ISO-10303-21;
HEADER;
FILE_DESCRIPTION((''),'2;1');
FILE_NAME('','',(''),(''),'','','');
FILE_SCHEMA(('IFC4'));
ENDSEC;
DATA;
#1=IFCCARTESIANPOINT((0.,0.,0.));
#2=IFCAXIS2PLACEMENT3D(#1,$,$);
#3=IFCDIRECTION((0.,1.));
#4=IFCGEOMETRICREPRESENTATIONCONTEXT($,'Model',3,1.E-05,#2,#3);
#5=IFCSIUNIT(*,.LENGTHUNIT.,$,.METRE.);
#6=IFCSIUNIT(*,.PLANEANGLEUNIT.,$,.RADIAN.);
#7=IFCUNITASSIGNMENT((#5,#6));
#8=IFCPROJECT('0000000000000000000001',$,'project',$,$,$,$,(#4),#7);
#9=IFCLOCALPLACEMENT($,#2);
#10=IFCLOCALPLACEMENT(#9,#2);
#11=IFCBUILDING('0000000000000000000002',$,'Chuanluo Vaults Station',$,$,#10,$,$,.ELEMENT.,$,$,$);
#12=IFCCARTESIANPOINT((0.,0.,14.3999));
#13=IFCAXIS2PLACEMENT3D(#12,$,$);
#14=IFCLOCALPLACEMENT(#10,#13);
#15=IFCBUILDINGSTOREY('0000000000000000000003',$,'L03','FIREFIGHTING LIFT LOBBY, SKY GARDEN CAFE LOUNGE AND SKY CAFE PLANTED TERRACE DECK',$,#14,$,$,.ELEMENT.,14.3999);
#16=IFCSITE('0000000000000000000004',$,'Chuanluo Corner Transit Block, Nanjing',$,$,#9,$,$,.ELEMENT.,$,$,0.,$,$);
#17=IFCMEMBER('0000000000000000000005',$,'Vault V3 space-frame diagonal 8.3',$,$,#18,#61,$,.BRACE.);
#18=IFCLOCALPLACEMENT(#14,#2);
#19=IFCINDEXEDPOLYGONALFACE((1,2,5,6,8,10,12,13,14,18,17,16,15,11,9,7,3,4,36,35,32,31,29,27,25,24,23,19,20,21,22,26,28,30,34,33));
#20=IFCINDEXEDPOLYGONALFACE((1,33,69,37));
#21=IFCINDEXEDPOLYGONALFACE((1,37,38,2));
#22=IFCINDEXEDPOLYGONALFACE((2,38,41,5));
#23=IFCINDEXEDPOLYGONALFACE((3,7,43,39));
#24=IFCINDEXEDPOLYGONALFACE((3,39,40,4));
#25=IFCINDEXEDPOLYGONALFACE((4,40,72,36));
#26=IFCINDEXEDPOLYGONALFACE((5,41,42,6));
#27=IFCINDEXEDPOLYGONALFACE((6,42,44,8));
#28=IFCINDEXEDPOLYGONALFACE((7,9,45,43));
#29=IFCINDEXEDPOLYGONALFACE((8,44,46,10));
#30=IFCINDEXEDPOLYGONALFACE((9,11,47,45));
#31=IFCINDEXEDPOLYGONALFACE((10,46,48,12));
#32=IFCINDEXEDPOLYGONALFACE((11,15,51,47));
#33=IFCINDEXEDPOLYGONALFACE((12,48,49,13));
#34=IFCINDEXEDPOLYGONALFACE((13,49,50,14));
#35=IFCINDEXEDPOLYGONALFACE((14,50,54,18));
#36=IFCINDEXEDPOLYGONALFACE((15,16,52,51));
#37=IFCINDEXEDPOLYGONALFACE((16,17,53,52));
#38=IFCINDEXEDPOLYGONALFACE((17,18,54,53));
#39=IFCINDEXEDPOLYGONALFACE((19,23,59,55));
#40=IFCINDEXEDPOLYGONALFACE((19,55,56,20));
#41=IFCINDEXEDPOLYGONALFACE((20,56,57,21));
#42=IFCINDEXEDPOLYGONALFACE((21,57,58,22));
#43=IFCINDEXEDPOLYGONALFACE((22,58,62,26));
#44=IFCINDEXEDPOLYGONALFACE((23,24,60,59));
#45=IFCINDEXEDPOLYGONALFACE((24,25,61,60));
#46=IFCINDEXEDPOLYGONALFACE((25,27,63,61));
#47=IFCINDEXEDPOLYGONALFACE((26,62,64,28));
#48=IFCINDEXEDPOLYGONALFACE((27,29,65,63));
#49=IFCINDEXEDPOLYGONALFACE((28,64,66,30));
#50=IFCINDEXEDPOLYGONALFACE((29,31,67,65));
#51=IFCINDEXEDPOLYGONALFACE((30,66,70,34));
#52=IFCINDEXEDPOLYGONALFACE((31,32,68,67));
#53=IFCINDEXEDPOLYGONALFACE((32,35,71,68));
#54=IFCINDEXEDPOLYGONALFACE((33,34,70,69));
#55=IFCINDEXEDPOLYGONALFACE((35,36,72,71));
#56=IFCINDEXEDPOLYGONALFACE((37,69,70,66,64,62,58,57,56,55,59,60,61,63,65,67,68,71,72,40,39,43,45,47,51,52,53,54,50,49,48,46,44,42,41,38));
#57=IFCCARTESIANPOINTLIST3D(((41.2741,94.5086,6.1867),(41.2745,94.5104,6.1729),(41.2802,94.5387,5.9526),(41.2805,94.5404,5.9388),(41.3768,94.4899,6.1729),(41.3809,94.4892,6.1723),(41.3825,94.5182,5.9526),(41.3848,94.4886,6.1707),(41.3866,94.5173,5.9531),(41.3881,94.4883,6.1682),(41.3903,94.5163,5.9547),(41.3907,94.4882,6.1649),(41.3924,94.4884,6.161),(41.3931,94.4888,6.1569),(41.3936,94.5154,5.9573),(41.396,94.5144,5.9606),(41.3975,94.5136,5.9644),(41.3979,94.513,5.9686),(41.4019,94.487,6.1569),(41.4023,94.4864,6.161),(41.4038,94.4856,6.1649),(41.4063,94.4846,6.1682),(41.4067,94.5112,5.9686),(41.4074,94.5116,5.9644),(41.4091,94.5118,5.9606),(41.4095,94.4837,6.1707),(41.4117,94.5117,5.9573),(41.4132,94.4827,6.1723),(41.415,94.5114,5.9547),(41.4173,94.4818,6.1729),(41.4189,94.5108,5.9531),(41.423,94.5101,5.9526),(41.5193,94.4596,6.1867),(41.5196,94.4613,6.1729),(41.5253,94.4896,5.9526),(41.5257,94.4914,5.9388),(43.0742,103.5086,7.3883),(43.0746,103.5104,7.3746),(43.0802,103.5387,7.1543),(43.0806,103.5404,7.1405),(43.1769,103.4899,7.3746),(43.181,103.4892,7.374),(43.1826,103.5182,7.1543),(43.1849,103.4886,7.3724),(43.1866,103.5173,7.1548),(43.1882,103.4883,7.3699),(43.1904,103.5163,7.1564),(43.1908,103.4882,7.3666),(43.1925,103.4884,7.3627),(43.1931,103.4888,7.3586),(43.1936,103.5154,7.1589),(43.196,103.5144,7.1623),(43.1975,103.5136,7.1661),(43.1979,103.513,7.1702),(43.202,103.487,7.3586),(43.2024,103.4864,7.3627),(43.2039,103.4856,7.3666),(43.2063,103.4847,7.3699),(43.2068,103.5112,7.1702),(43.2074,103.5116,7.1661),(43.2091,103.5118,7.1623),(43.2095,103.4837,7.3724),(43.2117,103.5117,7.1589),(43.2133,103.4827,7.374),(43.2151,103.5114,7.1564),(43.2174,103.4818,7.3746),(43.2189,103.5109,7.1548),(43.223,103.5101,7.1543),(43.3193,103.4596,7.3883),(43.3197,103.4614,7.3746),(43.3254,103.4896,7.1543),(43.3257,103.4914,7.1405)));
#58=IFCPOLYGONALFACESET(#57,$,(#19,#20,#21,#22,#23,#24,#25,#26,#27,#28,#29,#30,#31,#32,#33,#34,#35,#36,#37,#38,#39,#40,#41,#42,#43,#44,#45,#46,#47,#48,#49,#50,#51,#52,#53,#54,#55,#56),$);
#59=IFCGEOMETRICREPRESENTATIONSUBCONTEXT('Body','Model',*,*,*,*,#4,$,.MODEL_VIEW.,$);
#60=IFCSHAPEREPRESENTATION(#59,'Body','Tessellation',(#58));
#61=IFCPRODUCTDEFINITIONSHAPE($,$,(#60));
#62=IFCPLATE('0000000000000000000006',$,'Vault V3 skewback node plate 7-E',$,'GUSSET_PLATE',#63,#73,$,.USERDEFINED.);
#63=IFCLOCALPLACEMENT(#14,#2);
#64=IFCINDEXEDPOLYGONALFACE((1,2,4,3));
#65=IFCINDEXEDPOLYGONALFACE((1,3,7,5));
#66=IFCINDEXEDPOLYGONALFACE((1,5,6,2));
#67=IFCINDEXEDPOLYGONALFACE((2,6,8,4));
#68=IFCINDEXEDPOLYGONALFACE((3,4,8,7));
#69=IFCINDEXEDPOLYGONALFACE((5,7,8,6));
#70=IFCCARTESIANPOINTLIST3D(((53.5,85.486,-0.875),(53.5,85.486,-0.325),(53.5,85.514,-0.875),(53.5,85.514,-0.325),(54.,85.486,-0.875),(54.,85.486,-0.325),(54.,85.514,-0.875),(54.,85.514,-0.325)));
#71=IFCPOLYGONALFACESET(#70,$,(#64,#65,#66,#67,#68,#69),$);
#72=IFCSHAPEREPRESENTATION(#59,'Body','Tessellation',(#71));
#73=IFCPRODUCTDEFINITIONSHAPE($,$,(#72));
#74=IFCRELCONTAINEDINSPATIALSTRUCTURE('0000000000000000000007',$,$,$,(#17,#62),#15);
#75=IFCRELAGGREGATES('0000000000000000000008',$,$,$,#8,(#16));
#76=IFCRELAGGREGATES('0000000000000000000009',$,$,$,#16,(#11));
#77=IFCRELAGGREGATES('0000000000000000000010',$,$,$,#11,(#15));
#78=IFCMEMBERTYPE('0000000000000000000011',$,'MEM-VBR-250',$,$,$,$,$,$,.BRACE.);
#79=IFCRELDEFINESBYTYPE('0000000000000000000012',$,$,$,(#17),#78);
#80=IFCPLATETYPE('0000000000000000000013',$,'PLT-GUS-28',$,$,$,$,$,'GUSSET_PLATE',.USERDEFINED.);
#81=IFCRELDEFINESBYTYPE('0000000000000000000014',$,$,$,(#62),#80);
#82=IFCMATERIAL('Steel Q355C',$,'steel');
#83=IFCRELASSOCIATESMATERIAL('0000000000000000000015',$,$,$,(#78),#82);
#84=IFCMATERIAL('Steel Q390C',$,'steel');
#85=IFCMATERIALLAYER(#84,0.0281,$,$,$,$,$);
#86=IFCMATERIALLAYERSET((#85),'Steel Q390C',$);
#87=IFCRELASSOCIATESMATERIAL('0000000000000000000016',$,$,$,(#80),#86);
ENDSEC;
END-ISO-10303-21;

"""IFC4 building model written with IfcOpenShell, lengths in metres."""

from ifc_helpers import new_model, si_unit, direction, frame, origin, origin_2d, place, context, subcontext, project, spatial, rectangle, i_section, extrude, material, layer, layer_set, material_profile, profile_set, type_object, element, save


model = new_model("IFC4")

# Units and contexts
model_context = context("Model", 3, precision=1e-05, world=origin(), true_north=direction((0.0, 1.0)))
body_context = subcontext(model_context, "Body", "Model", "MODEL_VIEW")
ifc_project = project(units=[si_unit("LENGTHUNIT", "METRE"), si_unit("PLANEANGLEUNIT", "RADIAN")], contexts=[model_context])

# Site, building, storey
site_placement = place(None, origin())
site = spatial("IfcSite", under=ifc_project, at=site_placement, Name="Chuanluo Corner Transit Block, Nanjing", CompositionType="ELEMENT", RefElevation=0.0)
building_placement = place(site_placement, origin())
building = spatial("IfcBuilding", under=site, at=building_placement, Name="Chuanluo Vaults Station", CompositionType="ELEMENT")
storey_placement = place(building_placement, frame((0.0, 0.0, 14.3999)))
storey = spatial("IfcBuildingStorey", under=building, at=storey_placement, Name="L03", Description="FIREFIGHTING LIFT LOBBY, SKY GARDEN CAFE LOUNGE AND SKY CAFE PLANTED TERRACE DECK", CompositionType="ELEMENT", Elevation=14.3999)

# Member
ifc_material_1 = material(Name="Steel Q355C", Category="steel")
ifc_material_profile_1 = material_profile(ifc_material_1, i_section(OverallWidth=0.25, OverallDepth=0.25, WebThickness=0.009, FlangeThickness=0.0139, FilletRadius=0.0161, at=origin_2d()))
ifc_profile_set_1 = profile_set([ifc_material_profile_1], Name="Steel Q355C")
member_type_1 = type_object("IfcMemberType", Name="MEM-VBR-250", PredefinedType="BRACE", material=ifc_profile_set_1)
member_1_placement = place(storey_placement, frame((41.3999, 94.5, 6.0627), z_axis=(0.194462, 0.972282, 0.129817), x_axis=(-0.98058, 0.196121, 0.0)))
element("IfcMember", 1, at=member_1_placement, inside=storey, type_object=member_type_1, Name="Vault V3 space-frame diagonal 8.3", PredefinedType="BRACE", context=body_context, shape_type="SweptSolid", body=[
    extrude(i_section(OverallWidth=0.25, OverallDepth=0.25, WebThickness=0.009, FlangeThickness=0.0139, FilletRadius=0.0161, at=origin_2d()), origin(), (0.0, 0.0, 1.0), 9.2566),
])

# Plate
ifc_material_2 = material(Name="Steel Q390C", Category="steel")
ifc_layer = layer(ifc_material_2, 0.0281)
ifc_layer_set = layer_set([ifc_layer], Name="Steel Q390C")
plate_type = type_object("IfcPlateType", Name="PLT-GUS-28", ElementType="GUSSET_PLATE", PredefinedType="USERDEFINED", material=ifc_layer_set)
plate_placement = place(storey_placement, frame((53.75, 85.5, -0.875), z_axis=(0.0, 0.0, 1.0), x_axis=(1.0, 0.0, 0.0)))
element("IfcPlate", 2, at=plate_placement, inside=storey, type_object=plate_type, Name="Vault V3 skewback node plate 7-E", ObjectType="GUSSET_PLATE", PredefinedType="USERDEFINED", context=body_context, shape_type="SweptSolid", body=[
    extrude(rectangle(XDim=0.5, YDim=0.0281, at=origin_2d()), origin(), (0.0, 0.0, 1.0), 0.55),
])

save(model, "model.ifc")
